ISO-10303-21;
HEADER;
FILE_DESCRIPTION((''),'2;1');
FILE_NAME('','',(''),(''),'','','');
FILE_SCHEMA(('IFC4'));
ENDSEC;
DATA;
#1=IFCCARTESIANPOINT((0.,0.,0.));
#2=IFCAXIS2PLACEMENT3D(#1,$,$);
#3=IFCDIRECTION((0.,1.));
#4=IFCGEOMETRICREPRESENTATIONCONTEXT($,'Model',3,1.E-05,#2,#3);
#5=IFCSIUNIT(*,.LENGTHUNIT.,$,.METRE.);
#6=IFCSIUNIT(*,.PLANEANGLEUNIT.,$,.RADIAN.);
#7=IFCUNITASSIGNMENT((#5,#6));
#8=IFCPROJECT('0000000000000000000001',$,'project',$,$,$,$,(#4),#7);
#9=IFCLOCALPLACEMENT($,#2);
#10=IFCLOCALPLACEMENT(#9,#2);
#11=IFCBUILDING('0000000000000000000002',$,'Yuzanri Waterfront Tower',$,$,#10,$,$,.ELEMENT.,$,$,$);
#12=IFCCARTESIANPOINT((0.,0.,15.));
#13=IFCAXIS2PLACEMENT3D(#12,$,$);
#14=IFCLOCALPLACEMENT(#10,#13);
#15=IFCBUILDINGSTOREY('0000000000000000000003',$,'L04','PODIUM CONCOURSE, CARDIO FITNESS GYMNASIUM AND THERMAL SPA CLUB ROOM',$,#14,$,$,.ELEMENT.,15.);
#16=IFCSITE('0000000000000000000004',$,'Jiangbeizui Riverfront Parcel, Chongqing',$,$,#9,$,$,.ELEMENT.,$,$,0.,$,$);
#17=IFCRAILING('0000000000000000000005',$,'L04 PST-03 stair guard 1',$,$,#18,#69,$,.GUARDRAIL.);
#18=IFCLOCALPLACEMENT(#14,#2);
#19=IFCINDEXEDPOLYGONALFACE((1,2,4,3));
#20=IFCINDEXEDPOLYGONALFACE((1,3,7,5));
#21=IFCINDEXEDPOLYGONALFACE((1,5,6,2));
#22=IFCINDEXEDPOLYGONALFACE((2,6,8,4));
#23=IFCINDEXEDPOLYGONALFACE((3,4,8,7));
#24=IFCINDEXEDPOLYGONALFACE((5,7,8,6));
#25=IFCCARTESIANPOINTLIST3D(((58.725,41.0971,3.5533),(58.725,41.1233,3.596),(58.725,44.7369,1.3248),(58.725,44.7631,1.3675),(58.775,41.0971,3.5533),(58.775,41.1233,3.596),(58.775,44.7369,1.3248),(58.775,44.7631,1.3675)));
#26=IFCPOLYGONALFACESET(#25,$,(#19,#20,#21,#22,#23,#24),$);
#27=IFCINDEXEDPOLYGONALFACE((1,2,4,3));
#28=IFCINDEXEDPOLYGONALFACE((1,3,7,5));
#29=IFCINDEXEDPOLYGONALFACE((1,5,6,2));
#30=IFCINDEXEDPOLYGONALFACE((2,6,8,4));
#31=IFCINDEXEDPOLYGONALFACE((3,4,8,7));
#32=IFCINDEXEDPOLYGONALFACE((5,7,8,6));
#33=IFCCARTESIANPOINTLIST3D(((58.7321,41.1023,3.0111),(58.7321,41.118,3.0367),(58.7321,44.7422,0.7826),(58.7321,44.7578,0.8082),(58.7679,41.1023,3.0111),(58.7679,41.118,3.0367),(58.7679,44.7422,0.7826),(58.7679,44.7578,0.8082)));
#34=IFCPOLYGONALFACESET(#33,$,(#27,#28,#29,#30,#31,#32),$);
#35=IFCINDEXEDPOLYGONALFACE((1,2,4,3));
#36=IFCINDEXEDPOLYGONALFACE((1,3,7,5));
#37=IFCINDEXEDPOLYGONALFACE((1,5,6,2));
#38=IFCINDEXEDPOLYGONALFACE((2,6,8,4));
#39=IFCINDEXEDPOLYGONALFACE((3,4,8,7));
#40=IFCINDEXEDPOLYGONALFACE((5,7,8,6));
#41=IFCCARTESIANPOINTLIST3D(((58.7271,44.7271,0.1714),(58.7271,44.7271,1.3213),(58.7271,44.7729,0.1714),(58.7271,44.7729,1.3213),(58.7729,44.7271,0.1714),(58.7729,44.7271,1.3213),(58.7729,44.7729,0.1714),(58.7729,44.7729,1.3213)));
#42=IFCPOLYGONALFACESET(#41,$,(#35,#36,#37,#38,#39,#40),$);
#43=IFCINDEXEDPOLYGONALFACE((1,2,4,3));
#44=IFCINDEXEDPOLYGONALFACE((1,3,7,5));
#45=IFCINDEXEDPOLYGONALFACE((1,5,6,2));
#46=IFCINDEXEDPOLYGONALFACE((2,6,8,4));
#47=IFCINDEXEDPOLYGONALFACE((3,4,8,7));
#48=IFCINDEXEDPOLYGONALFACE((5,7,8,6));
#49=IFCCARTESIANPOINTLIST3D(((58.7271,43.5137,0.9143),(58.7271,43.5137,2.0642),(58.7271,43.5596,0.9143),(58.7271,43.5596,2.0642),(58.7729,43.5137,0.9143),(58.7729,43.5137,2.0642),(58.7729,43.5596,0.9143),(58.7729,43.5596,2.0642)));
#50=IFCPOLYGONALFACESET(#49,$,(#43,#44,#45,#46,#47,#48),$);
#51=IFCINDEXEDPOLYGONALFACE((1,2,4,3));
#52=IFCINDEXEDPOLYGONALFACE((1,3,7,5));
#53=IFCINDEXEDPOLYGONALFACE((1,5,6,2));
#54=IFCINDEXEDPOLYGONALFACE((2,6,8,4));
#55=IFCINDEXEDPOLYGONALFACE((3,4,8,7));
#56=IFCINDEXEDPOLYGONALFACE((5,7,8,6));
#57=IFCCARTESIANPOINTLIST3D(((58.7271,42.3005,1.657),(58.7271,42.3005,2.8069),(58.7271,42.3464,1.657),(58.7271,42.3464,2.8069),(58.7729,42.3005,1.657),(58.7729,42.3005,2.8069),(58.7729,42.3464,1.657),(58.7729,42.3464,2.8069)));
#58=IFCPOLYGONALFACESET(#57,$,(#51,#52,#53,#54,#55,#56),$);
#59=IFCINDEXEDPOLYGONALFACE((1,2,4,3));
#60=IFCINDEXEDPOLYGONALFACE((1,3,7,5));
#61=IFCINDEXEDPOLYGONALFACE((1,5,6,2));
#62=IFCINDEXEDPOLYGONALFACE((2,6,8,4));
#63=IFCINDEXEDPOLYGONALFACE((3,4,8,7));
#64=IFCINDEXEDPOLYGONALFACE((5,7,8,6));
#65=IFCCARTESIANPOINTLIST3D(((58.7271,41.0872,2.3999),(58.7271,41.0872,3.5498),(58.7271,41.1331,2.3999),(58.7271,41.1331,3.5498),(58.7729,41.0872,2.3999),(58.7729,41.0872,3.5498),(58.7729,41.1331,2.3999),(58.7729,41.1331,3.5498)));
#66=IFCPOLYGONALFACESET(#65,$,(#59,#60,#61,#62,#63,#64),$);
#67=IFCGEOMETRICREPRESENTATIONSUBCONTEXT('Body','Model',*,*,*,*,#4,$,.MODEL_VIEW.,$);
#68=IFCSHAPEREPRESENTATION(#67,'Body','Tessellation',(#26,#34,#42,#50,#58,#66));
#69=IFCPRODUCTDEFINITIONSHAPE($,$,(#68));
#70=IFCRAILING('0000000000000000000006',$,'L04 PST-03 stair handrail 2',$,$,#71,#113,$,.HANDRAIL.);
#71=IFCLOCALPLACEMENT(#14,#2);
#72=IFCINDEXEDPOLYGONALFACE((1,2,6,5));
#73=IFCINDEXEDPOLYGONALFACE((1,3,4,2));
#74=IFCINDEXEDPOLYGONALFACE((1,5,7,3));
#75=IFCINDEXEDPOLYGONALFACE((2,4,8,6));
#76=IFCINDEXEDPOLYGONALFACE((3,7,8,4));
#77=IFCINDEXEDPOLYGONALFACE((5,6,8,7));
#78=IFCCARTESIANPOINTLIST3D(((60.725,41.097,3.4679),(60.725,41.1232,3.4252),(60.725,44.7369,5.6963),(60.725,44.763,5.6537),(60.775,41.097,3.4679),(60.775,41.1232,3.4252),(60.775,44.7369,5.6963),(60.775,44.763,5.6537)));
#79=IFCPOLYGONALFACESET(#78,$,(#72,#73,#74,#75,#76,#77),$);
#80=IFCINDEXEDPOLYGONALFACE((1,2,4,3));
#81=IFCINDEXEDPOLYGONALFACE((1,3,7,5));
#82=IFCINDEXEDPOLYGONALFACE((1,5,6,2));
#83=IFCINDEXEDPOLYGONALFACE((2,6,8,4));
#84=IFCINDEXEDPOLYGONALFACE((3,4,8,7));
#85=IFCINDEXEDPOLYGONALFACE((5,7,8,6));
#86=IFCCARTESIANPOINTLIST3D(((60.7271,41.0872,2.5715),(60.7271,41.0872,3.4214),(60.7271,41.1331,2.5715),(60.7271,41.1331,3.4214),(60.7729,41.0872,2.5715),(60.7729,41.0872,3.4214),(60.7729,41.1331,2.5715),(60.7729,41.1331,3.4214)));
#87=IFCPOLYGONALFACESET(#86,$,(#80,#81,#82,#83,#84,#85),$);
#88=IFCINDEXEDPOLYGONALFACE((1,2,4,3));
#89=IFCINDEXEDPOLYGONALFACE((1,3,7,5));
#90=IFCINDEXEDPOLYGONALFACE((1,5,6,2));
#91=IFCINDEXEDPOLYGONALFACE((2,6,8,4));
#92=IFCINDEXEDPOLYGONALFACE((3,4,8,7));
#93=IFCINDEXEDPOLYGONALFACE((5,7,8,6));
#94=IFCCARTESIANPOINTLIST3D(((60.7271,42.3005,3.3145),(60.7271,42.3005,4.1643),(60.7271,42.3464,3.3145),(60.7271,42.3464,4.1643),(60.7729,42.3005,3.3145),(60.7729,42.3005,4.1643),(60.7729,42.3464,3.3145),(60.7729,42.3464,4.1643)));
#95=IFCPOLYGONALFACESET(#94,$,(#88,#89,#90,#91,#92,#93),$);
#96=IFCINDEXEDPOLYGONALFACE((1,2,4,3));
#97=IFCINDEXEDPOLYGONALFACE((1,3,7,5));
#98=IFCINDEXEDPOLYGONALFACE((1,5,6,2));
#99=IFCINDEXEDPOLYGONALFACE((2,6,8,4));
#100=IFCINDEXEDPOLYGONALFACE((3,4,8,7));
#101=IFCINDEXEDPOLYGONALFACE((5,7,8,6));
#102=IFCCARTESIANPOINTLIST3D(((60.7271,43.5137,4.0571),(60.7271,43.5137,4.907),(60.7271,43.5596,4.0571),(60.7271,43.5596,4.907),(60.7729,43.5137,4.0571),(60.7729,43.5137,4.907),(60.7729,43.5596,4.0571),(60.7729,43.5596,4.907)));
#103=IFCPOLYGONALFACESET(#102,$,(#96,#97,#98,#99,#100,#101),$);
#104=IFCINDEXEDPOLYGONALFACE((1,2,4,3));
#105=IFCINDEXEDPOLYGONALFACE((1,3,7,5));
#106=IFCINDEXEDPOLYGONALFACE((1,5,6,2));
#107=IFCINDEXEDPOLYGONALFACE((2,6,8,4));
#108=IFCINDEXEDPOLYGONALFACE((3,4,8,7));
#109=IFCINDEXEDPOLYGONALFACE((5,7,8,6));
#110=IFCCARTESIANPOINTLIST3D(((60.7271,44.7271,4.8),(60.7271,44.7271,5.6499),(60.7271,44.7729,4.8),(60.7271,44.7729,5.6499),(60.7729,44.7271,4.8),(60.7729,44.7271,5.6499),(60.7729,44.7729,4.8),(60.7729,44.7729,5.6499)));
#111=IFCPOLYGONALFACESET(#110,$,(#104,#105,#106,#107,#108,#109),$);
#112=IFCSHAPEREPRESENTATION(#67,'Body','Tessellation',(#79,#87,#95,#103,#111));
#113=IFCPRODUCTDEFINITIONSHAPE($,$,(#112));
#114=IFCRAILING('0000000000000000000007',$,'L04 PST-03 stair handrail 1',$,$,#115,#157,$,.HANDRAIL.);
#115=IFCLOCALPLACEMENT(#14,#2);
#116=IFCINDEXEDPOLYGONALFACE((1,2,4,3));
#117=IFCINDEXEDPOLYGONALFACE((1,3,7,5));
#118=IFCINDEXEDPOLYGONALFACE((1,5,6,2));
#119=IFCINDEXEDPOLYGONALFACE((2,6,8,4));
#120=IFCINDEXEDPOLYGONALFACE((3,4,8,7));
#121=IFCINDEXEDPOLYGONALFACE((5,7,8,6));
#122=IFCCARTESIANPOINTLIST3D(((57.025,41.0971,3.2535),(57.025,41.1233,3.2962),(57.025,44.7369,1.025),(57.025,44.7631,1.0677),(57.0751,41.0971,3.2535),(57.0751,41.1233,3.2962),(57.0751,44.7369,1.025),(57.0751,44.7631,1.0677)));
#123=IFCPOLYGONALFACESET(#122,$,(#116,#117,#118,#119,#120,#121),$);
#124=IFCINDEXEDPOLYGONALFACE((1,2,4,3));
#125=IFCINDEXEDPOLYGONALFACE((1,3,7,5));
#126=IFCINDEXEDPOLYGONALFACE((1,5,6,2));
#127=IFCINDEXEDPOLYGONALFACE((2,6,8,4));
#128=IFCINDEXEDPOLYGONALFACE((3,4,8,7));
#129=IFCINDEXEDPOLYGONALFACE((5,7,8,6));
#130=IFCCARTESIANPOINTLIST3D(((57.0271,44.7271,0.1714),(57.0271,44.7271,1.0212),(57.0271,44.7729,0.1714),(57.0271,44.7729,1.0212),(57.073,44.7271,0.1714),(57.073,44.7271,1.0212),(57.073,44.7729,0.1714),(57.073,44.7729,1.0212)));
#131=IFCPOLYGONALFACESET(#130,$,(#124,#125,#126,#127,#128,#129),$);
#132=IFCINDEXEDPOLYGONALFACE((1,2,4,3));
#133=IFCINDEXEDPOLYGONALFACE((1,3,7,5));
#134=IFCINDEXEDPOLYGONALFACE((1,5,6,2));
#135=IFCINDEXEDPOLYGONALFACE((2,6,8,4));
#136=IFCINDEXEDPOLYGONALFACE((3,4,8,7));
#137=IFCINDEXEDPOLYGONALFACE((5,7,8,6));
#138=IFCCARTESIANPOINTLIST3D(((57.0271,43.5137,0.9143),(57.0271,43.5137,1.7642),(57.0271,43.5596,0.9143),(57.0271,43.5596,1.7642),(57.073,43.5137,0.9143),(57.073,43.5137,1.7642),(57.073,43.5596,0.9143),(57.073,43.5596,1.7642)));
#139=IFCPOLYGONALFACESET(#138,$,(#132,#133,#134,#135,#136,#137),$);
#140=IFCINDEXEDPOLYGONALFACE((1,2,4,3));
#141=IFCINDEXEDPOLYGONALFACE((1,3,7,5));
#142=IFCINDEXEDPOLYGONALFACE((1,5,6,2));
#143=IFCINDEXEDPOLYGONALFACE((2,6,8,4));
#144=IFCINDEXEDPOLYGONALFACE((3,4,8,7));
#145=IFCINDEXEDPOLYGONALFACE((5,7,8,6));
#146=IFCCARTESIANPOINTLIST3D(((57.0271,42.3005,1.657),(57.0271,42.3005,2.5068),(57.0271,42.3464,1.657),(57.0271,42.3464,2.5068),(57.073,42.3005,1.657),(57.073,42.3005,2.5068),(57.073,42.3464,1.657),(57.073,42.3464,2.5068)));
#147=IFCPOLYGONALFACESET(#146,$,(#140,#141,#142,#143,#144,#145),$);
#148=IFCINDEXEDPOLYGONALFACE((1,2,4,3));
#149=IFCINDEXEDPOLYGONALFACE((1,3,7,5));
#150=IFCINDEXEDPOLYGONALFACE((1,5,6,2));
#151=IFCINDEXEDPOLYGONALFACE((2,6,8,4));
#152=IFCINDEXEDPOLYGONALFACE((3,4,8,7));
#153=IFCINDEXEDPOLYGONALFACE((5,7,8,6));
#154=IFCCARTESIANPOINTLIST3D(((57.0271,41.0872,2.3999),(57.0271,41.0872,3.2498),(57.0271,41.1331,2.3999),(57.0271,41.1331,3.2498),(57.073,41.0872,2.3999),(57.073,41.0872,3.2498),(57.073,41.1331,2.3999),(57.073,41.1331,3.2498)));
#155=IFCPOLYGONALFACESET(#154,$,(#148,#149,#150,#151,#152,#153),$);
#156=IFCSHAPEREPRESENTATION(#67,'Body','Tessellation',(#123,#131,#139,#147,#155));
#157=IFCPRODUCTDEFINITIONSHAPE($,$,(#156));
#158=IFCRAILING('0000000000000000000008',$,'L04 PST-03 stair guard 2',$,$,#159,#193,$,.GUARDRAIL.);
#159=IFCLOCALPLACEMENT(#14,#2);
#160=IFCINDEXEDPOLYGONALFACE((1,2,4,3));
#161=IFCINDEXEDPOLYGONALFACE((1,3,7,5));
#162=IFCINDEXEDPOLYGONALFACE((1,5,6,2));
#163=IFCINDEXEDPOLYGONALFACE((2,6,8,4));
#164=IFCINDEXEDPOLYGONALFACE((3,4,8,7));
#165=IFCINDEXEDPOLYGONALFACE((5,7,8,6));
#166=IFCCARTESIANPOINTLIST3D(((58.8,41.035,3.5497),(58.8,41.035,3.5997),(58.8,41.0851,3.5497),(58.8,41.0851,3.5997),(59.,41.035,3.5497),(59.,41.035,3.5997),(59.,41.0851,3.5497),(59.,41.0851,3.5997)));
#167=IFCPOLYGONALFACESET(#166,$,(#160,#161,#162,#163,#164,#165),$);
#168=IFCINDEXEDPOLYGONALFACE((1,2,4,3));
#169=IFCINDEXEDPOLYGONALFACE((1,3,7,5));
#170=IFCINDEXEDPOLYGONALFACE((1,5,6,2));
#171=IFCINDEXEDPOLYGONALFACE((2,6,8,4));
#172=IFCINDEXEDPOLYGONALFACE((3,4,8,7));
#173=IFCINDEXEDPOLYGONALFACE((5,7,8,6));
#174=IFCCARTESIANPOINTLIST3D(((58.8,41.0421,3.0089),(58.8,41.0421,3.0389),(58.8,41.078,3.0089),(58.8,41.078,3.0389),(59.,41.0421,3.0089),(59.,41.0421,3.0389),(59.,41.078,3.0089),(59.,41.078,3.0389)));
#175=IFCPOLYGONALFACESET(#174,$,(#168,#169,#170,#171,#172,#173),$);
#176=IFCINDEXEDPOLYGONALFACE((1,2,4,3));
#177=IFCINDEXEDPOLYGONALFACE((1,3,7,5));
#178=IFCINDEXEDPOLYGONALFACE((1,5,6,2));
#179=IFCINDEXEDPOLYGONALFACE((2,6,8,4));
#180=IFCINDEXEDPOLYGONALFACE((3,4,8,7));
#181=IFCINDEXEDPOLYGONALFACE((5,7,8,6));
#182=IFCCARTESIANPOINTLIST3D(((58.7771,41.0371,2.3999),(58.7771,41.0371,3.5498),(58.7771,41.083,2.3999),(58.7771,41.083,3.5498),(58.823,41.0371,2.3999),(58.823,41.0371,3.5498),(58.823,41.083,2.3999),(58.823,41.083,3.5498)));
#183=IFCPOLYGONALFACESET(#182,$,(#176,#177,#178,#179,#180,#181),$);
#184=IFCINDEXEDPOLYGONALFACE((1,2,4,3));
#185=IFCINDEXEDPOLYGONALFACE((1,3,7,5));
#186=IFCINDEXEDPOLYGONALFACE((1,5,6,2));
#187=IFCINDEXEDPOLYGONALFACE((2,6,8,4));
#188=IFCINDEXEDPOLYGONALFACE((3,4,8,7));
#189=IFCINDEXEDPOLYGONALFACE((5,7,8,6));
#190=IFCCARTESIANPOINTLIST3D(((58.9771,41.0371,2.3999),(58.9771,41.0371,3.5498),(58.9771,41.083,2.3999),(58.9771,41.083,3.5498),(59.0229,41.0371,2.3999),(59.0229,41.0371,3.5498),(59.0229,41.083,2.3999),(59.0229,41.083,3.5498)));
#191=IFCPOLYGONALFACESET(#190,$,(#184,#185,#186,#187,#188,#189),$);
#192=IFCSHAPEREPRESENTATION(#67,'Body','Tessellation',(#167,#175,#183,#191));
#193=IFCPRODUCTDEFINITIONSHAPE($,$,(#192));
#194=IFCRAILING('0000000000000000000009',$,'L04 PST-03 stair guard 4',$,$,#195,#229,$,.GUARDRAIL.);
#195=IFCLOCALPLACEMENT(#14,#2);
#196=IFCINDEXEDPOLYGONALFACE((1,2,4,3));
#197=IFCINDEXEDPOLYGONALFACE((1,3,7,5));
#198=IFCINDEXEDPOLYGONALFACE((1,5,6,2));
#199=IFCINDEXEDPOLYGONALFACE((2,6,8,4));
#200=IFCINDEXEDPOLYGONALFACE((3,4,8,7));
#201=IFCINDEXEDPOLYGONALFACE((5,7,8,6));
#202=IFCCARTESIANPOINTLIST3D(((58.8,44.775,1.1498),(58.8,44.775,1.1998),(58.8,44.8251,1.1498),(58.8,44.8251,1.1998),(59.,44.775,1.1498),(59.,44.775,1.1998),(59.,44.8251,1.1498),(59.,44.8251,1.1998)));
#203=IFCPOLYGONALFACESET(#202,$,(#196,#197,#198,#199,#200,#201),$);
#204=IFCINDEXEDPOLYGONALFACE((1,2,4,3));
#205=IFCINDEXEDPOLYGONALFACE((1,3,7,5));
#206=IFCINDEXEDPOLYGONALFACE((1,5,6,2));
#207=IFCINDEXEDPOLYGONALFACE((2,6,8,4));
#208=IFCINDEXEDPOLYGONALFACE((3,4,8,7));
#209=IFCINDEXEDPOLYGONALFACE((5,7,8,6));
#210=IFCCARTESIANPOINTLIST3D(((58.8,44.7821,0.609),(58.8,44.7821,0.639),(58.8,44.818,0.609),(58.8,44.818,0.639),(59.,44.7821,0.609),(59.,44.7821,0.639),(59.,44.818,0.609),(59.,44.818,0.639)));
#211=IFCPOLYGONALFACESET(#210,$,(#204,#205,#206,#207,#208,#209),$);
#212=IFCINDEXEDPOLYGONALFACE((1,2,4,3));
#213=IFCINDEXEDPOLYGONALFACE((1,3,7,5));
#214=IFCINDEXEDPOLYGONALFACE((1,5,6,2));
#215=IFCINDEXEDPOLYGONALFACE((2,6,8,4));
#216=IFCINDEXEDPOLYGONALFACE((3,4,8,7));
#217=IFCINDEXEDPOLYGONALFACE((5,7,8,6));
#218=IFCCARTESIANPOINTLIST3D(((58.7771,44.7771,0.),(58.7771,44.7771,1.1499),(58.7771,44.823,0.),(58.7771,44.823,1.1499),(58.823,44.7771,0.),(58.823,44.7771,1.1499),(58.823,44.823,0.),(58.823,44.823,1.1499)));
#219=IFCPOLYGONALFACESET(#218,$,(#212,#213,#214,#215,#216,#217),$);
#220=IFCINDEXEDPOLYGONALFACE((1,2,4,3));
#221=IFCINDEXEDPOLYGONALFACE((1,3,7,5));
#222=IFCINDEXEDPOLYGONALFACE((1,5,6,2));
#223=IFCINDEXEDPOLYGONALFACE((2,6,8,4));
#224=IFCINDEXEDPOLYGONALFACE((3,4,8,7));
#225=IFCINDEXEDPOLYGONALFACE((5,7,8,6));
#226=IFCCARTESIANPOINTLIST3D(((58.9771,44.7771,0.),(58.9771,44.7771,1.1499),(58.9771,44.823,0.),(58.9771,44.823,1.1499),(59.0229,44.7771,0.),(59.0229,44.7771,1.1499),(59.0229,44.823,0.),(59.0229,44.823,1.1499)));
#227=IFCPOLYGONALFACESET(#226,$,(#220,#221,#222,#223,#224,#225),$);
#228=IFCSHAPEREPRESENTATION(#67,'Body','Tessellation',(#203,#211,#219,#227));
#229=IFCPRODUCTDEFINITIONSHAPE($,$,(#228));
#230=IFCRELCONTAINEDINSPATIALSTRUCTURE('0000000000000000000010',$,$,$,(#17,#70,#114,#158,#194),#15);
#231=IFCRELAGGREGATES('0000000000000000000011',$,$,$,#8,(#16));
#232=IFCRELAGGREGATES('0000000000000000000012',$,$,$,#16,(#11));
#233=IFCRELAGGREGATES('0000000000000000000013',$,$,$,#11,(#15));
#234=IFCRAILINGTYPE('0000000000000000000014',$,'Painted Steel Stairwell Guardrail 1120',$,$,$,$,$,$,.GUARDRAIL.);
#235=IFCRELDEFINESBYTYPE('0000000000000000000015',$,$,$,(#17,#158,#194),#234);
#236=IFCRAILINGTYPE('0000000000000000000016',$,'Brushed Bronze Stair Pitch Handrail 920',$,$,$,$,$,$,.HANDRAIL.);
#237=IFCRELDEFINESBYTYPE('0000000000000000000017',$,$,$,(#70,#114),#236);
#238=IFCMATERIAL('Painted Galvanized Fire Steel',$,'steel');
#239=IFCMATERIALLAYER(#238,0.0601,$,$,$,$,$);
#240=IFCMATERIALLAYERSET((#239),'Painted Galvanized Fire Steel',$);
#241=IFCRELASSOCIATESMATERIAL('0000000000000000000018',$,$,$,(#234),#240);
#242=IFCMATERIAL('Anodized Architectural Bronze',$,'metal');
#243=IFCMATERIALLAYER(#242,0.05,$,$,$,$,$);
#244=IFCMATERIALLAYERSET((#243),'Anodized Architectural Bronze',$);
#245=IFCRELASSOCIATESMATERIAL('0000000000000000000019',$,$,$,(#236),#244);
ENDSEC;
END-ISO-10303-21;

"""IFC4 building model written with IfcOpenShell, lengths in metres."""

from ifc_helpers import new_model, si_unit, direction, frame, origin, origin_2d, place, context, subcontext, project, spatial, rectangle, extrude, source, transform, mapped, material, layer, layer_set, type_object, element, save


model = new_model("IFC4")

# Units and contexts
model_context = context("Model", 3, precision=1e-05, world=origin(), true_north=direction((0.0, 1.0)))
body_context = subcontext(model_context, "Body", "Model", "MODEL_VIEW")
ifc_project = project(units=[si_unit("LENGTHUNIT", "METRE"), si_unit("PLANEANGLEUNIT", "RADIAN")], contexts=[model_context])

# Site, building, storey
site_placement = place(None, origin())
site = spatial("IfcSite", under=ifc_project, at=site_placement, Name="Jiangbeizui Riverfront Parcel, Chongqing", CompositionType="ELEMENT", RefElevation=0.0)
building_placement = place(site_placement, origin())
building = spatial("IfcBuilding", under=site, at=building_placement, Name="Yuzanri Waterfront Tower", CompositionType="ELEMENT")
storey_placement = place(building_placement, frame((0.0, 0.0, 15.0)))
storey = spatial("IfcBuildingStorey", under=building, at=storey_placement, Name="L04", Description="PODIUM CONCOURSE, CARDIO FITNESS GYMNASIUM AND THERMAL SPA CLUB ROOM", CompositionType="ELEMENT", Elevation=15.0)

# Railings
ifc_material_1 = material(Name="Painted Galvanized Fire Steel", Category="steel")
ifc_layer_1 = layer(ifc_material_1, 0.0601)
ifc_layer_set_1 = layer_set([ifc_layer_1], Name="Painted Galvanized Fire Steel")
railing_type_1 = type_object("IfcRailingType", Name="Painted Steel Stairwell Guardrail 1120", PredefinedType="GUARDRAIL", material=ifc_layer_set_1)
shared_shape_1 = source(origin(), body_context, "Body", "SweptSolid", [
    extrude(rectangle(XDim=0.05, YDim=0.05, at=origin_2d()), frame((0.0, 0.0, 1.1748), z_axis=(0.0, -0.85285, 0.522156), x_axis=(1.0, 0.0, 0.0)), (0.0, 0.0, 1.0), 4.2678),
    extrude(rectangle(XDim=0.0359, YDim=0.03, at=origin_2d()), frame((0.0, 0.0, 0.624), z_axis=(0.0, -0.85285, 0.522156), x_axis=(1.0, 0.0, 0.0)), (0.0, 0.0, 1.0), 4.2678),
    extrude(rectangle(XDim=0.0459, YDim=0.0459, at=origin_2d()), origin(), (0.0, 0.0, 1.0), 1.1499),
    extrude(rectangle(XDim=0.0459, YDim=0.0459, at=origin_2d()), frame((0.0, -1.2134, 0.7429)), (0.0, 0.0, 1.0), 1.1499),
    extrude(rectangle(XDim=0.0459, YDim=0.0459, at=origin_2d()), frame((0.0, -2.4265, 1.4856)), (0.0, 0.0, 1.0), 1.1499),
    extrude(rectangle(XDim=0.0459, YDim=0.0459, at=origin_2d()), frame((0.0, -3.6399, 2.2285)), (0.0, 0.0, 1.0), 1.1499),
])
railing_1_placement = place(storey_placement, frame((58.75, 44.75, 0.1714)))
element("IfcRailing", 1, at=railing_1_placement, inside=storey, type_object=railing_type_1, Name="L04 PST-03 stair guard 1", PredefinedType="GUARDRAIL", context=body_context, shape_type="MappedRepresentation", body=[
    mapped(shared_shape_1, transform((0.0, 0.0, 0.0), scale=1.0)),
])
ifc_material_2 = material(Name="Anodized Architectural Bronze", Category="metal")
ifc_layer_2 = layer(ifc_material_2, 0.05)
ifc_layer_set_2 = layer_set([ifc_layer_2], Name="Anodized Architectural Bronze")
railing_type_2 = type_object("IfcRailingType", Name="Brushed Bronze Stair Pitch Handrail 920", PredefinedType="HANDRAIL", material=ifc_layer_set_2)
shared_shape_2 = source(origin(), body_context, "Body", "SweptSolid", [
    extrude(rectangle(XDim=0.05, YDim=0.05, at=origin_2d()), frame((0.0, 0.0, 0.875), z_axis=(0.0, 0.85285, 0.522156), x_axis=(-1.0, 0.0, 0.0)), (0.0, 0.0, 1.0), 4.2678),
    extrude(rectangle(XDim=0.0459, YDim=0.0459, at=origin_2d()), origin(), (0.0, 0.0, 1.0), 0.8499),
    extrude(rectangle(XDim=0.0459, YDim=0.0459, at=origin_2d()), frame((0.0, 1.2134, 0.7429)), (0.0, 0.0, 1.0), 0.8499),
    extrude(rectangle(XDim=0.0459, YDim=0.0459, at=origin_2d()), frame((0.0, 2.4265, 1.4856)), (0.0, 0.0, 1.0), 0.8499),
    extrude(rectangle(XDim=0.0459, YDim=0.0459, at=origin_2d()), frame((0.0, 3.6399, 2.2285)), (0.0, 0.0, 1.0), 0.8499),
])
railing_2_placement = place(storey_placement, frame((60.75, 41.1101, 2.5715)))
element("IfcRailing", 2, at=railing_2_placement, inside=storey, type_object=railing_type_2, Name="L04 PST-03 stair handrail 2", PredefinedType="HANDRAIL", context=body_context, shape_type="MappedRepresentation", body=[
    mapped(shared_shape_2, transform((0.0, 0.0, 0.0), scale=1.0)),
])
shared_shape_3 = source(origin(), body_context, "Body", "SweptSolid", [
    extrude(rectangle(XDim=0.05, YDim=0.05, at=origin_2d()), frame((0.0, 0.0, 0.875), z_axis=(0.0, -0.85285, 0.522156), x_axis=(1.0, 0.0, 0.0)), (0.0, 0.0, 1.0), 4.2678),
    extrude(rectangle(XDim=0.0459, YDim=0.0459, at=origin_2d()), origin(), (0.0, 0.0, 1.0), 0.8499),
    extrude(rectangle(XDim=0.0459, YDim=0.0459, at=origin_2d()), frame((0.0, -1.2134, 0.7429)), (0.0, 0.0, 1.0), 0.8499),
    extrude(rectangle(XDim=0.0459, YDim=0.0459, at=origin_2d()), frame((0.0, -2.4265, 1.4856)), (0.0, 0.0, 1.0), 0.8499),
    extrude(rectangle(XDim=0.0459, YDim=0.0459, at=origin_2d()), frame((0.0, -3.6399, 2.2285)), (0.0, 0.0, 1.0), 0.8499),
])
railing_3_placement = place(storey_placement, frame((57.05, 44.75, 0.1714)))
element("IfcRailing", 3, at=railing_3_placement, inside=storey, type_object=railing_type_2, Name="L04 PST-03 stair handrail 1", PredefinedType="HANDRAIL", context=body_context, shape_type="MappedRepresentation", body=[
    mapped(shared_shape_3, transform((0.0, 0.0, 0.0), scale=1.0)),
])
shared_shape_4 = source(origin(), body_context, "Body", "SweptSolid", [
    extrude(rectangle(XDim=0.05, YDim=0.05, at=origin_2d()), frame((0.0, 0.0, 1.1748), z_axis=(1.0, 0.0, 0.0), x_axis=(0.0, 1.0, 0.0)), (0.0, 0.0, 1.0), 0.2),
    extrude(rectangle(XDim=0.0359, YDim=0.03, at=origin_2d()), frame((0.0, 0.0, 0.624), z_axis=(1.0, 0.0, 0.0), x_axis=(0.0, 1.0, 0.0)), (0.0, 0.0, 1.0), 0.2),
    extrude(rectangle(XDim=0.0459, YDim=0.0459, at=origin_2d()), origin(), (0.0, 0.0, 1.0), 1.1499),
    extrude(rectangle(XDim=0.0459, YDim=0.0459, at=origin_2d()), frame((0.2, 0.0, 0.0)), (0.0, 0.0, 1.0), 1.1499),
])
for number, where, name in (
    (4, (58.8, 41.0601, 2.3999), "L04 PST-03 stair guard 2"),
    (5, (58.8, 44.8, 0.0), "L04 PST-03 stair guard 4"),
):
    element("IfcRailing", number, at=place(storey_placement, frame(where)), inside=storey, type_object=railing_type_1, Name=name, PredefinedType="GUARDRAIL", context=body_context, shape_type="MappedRepresentation", body=[
        mapped(shared_shape_4, transform((0.0, 0.0, 0.0), scale=1.0)),
    ])

save(model, "model.ifc")
